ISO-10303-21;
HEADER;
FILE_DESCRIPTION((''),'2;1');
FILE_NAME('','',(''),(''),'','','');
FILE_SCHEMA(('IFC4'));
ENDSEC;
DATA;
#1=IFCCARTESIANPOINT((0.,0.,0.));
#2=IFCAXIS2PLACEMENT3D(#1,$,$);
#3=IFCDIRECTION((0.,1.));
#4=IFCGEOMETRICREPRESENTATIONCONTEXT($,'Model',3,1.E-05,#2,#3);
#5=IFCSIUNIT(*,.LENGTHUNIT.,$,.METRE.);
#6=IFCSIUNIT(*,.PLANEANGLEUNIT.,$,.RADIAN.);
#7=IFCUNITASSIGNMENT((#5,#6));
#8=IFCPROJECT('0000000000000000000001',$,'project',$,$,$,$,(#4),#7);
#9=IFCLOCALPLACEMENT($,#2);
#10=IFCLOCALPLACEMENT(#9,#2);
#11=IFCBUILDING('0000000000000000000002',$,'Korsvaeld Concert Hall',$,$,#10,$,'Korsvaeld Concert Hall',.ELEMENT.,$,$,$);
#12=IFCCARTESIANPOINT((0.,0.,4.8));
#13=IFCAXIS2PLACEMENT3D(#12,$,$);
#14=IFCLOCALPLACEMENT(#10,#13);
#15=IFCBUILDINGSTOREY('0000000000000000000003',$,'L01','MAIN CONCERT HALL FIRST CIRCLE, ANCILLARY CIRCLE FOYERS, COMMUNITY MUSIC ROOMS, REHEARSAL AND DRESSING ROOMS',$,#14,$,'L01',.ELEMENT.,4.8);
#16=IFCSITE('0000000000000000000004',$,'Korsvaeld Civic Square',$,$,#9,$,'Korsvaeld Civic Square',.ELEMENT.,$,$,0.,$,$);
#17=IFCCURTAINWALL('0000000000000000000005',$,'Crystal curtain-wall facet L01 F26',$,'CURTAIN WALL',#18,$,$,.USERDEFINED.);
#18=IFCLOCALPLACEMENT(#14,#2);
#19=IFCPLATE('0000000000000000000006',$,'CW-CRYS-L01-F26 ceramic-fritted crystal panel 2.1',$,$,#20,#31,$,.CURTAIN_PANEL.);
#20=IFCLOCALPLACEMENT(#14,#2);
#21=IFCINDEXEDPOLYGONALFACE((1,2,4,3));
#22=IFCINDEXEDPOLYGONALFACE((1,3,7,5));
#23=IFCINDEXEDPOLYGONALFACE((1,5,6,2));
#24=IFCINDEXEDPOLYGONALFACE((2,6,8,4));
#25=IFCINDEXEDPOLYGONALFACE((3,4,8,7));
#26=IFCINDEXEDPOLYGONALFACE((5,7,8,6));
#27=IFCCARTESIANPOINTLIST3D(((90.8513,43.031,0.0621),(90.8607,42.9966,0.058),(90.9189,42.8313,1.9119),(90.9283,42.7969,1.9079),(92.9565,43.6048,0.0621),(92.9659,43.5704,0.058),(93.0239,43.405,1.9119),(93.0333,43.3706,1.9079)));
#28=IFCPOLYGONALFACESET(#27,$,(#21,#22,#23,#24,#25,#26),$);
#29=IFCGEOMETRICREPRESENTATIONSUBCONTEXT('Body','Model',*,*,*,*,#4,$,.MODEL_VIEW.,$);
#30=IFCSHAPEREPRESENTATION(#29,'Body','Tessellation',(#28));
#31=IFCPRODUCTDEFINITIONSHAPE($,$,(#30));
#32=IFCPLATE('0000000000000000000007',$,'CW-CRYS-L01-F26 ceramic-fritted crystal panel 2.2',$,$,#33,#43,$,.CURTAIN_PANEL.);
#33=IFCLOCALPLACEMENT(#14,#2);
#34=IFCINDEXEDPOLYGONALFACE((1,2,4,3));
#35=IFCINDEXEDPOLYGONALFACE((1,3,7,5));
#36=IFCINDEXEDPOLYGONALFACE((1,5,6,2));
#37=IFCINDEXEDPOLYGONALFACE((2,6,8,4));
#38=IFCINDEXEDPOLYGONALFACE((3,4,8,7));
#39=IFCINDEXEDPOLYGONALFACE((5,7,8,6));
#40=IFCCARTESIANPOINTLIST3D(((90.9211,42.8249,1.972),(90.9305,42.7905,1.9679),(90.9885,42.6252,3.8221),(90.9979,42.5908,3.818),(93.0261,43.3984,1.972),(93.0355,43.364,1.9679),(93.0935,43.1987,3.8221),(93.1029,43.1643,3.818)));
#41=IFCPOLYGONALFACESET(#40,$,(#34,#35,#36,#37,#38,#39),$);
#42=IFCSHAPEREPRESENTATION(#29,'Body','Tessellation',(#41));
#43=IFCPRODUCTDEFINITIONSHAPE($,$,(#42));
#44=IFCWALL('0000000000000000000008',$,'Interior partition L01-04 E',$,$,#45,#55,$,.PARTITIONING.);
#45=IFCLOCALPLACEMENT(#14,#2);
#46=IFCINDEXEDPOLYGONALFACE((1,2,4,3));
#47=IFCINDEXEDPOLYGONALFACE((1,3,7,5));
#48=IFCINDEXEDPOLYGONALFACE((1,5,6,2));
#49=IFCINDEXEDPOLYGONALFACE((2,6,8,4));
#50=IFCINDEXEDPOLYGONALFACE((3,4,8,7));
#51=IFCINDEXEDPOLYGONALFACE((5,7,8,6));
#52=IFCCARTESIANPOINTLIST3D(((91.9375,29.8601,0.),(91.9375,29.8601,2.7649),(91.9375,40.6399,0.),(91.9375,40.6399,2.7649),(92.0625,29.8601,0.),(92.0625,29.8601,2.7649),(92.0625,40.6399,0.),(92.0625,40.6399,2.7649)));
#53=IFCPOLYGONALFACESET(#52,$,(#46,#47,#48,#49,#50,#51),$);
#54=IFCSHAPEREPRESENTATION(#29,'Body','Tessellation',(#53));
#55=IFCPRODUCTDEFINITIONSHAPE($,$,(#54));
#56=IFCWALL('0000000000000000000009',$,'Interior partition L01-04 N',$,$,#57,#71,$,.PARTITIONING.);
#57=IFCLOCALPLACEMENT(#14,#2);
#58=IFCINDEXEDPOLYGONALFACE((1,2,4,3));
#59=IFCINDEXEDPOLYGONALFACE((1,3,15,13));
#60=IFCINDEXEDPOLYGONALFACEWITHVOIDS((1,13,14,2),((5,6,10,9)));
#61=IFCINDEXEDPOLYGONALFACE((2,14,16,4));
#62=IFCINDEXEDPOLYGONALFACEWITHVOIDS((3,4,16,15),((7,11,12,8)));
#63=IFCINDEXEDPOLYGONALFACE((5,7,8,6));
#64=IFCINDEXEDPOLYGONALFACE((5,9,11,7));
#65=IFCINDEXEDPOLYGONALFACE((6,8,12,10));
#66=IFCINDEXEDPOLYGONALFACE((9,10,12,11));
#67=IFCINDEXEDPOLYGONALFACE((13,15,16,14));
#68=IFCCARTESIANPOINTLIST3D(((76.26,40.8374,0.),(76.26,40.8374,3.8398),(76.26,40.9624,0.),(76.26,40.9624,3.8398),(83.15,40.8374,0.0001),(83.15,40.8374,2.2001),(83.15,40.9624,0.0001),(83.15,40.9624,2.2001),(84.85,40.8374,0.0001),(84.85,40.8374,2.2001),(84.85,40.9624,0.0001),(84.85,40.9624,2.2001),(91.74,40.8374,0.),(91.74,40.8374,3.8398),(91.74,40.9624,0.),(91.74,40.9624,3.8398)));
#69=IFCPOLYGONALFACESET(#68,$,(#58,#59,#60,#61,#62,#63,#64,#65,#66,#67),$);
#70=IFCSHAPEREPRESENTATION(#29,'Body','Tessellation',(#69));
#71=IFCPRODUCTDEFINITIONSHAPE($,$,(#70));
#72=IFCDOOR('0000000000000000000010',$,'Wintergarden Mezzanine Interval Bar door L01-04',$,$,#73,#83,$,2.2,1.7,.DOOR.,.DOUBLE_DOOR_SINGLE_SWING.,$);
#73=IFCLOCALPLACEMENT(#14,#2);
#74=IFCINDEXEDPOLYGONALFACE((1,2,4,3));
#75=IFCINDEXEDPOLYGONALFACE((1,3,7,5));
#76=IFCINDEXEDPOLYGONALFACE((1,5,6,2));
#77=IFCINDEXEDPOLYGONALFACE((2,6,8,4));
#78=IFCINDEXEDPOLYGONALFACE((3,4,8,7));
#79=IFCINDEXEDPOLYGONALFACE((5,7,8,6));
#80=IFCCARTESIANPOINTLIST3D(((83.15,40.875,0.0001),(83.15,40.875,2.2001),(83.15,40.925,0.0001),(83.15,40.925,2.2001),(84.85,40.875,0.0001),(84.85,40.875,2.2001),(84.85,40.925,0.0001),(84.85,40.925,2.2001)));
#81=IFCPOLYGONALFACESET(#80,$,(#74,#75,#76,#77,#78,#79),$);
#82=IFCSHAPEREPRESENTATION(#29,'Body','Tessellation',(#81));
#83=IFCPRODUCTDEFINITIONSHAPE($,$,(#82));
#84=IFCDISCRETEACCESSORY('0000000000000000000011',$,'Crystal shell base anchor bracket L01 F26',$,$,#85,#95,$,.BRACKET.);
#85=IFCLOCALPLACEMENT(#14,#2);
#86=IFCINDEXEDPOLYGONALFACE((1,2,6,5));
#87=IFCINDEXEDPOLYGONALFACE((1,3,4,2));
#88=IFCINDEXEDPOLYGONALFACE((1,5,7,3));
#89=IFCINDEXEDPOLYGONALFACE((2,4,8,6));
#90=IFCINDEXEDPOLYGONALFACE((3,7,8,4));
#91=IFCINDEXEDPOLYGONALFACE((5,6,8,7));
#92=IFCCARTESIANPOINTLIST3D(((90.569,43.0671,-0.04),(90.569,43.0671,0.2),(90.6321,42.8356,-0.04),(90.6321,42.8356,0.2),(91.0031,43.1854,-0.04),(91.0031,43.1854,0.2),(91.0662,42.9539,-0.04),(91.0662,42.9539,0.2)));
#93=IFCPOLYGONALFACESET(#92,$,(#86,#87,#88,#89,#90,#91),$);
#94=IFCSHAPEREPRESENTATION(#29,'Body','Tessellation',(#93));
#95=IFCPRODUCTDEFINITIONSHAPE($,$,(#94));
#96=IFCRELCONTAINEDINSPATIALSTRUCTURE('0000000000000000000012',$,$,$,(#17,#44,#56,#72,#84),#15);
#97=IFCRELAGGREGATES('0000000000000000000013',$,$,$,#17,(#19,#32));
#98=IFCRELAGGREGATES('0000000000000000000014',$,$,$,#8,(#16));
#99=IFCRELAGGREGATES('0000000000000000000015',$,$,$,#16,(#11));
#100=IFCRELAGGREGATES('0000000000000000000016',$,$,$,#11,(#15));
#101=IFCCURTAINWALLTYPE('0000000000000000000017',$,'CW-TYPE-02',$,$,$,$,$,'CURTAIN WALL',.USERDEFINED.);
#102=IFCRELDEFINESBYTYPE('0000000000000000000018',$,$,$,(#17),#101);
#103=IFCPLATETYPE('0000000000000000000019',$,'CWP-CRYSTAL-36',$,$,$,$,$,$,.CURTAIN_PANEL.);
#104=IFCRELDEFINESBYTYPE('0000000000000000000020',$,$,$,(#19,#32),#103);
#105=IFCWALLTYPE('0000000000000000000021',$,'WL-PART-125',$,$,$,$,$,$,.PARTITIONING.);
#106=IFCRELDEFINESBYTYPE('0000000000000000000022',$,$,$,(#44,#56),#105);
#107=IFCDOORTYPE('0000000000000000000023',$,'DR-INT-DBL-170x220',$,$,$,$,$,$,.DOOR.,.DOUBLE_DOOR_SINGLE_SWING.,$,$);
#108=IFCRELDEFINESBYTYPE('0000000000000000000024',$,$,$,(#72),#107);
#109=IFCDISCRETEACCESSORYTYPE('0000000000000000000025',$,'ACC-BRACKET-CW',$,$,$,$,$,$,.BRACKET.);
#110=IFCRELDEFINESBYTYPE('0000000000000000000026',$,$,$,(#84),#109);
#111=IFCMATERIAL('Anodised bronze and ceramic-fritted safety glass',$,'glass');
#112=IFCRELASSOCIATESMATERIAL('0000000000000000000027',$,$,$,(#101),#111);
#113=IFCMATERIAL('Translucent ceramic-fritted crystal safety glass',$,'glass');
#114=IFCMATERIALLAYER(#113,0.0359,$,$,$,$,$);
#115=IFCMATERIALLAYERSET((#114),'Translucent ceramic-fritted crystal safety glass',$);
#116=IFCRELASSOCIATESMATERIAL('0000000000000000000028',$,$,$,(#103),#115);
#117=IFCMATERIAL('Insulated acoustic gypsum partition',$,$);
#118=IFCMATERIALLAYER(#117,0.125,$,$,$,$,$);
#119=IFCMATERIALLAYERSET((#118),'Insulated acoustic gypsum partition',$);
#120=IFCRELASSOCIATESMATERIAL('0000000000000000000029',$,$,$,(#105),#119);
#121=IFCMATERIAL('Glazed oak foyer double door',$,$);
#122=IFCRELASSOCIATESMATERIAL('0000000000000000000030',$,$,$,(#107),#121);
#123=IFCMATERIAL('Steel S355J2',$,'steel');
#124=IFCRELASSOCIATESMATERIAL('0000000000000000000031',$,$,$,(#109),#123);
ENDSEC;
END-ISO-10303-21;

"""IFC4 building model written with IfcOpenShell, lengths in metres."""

from ifc_helpers import new_model, si_unit, direction, frame, frame_2d, origin, origin_2d, place, context, subcontext, project, spatial, polyline, rectangle, outline, extrude, material, layer, layer_set, type_object, element, fill, aggregate, save


model = new_model("IFC4")

# Units and contexts
model_context = context("Model", 3, precision=1e-05, world=origin(), true_north=direction((0.0, 1.0)))
body_context = subcontext(model_context, "Body", "Model", "MODEL_VIEW")
ifc_project = project(units=[si_unit("LENGTHUNIT", "METRE"), si_unit("PLANEANGLEUNIT", "RADIAN")], contexts=[model_context])

# Site, building, storey
site_placement = place(None, origin())
site = spatial("IfcSite", under=ifc_project, at=site_placement, Name="Korsvaeld Civic Square", LongName="Korsvaeld Civic Square", CompositionType="ELEMENT", RefElevation=0.0)
building_placement = place(site_placement, origin())
building = spatial("IfcBuilding", under=site, at=building_placement, Name="Korsvaeld Concert Hall", LongName="Korsvaeld Concert Hall", CompositionType="ELEMENT")
storey_placement = place(building_placement, frame((0.0, 0.0, 4.8)))
storey = spatial("IfcBuildingStorey", under=building, at=storey_placement, Name="L01", Description="MAIN CONCERT HALL FIRST CIRCLE, ANCILLARY CIRCLE FOYERS, COMMUNITY MUSIC ROOMS, REHEARSAL AND DRESSING ROOMS", LongName="L01", CompositionType="ELEMENT", Elevation=4.8)

# Shared definitions
ifc_material_1 = material(Name="Anodised bronze and ceramic-fritted safety glass", Category="glass")

# Curtain wall
curtain_wall_type_1 = type_object("IfcCurtainWallType", Name="CW-TYPE-02", ElementType="CURTAIN WALL", PredefinedType="USERDEFINED", material=ifc_material_1)
curtain_wall_1_placement = place(storey_placement, origin())
curtain_wall_1 = element("IfcCurtainWall", 1, at=curtain_wall_1_placement, inside=storey, type_object=curtain_wall_type_1, Name="Crystal curtain-wall facet L01 F26", ObjectType="CURTAIN WALL", PredefinedType="USERDEFINED")

# Plates
ifc_material_2 = material(Name="Translucent ceramic-fritted crystal safety glass", Category="glass")
ifc_layer_1 = layer(ifc_material_2, 0.0359)
ifc_layer_set_1 = layer_set([ifc_layer_1], Name="Translucent ceramic-fritted crystal safety glass")
plate_type_1 = type_object("IfcPlateType", Name="CWP-CRYSTAL-36", PredefinedType="CURTAIN_PANEL", material=ifc_layer_set_1)
plate_1_placement = place(storey_placement, frame((90.856, 43.0139, 0.0601), z_axis=(0.261267, -0.958627, -0.113026), x_axis=(0.964809, 0.262952, 0.000002)))
plate_1 = element("IfcPlate", 2, at=plate_1_placement, type_object=plate_type_1, Name="CW-CRYS-L01-F26 ceramic-fritted crystal panel 2.1", PredefinedType="CURTAIN_PANEL", context=body_context, shape_type="SweptSolid", body=[
    extrude(outline(polyline([(0.0, 0.0), (2.182, 0.0), (2.1945, 1.8618), (0.0127, 1.8618), (0.0, 0.0)])), frame((0.0, 0.0, 0.0181)), (0.0, 0.0, -1.0), 0.0359),
])
plate_2_placement = place(storey_placement, frame((90.9258, 42.8079, 1.97), z_axis=(0.261178, -0.958654, -0.112993), x_axis=(0.964834, 0.262862, 0.0)))
plate_2 = element("IfcPlate", 3, at=plate_2_placement, type_object=plate_type_1, Name="CW-CRYS-L01-F26 ceramic-fritted crystal panel 2.2", PredefinedType="CURTAIN_PANEL", context=body_context, shape_type="SweptSolid", body=[
    extrude(outline(polyline([(0.0, 0.0), (2.1817, 0.0), (2.1942, 1.862), (0.0125, 1.862), (0.0, 0.0)])), frame((0.0, 0.0, 0.0181)), (0.0, 0.0, -1.0), 0.0359),
])
aggregate(curtain_wall_1, [plate_1, plate_2])

# Wall
ifc_material_3 = material(Name="Insulated acoustic gypsum partition")
ifc_layer_2 = layer(ifc_material_3, 0.125)
ifc_layer_set_2 = layer_set([ifc_layer_2], Name="Insulated acoustic gypsum partition")
wall_type = type_object("IfcWallType", Name="WL-PART-125", PredefinedType="PARTITIONING", material=ifc_layer_set_2)
wall_1_placement = place(storey_placement, frame((92.0, 29.8601, 0.0), z_axis=(0.0, 0.0, 1.0), x_axis=(0.0, 1.0, 0.0)))
element("IfcWall", 4, at=wall_1_placement, inside=storey, type_object=wall_type, Name="Interior partition L01-04 E", PredefinedType="PARTITIONING", context=body_context, shape_type="SweptSolid", body=[
    extrude(rectangle(XDim=10.7798, YDim=0.125, at=frame_2d((5.3899, 0.0))), origin(), (0.0, 0.0, 1.0), 2.7649),
])

# Wall, opening, door
wall_2_placement = place(storey_placement, frame((91.74, 40.8999, 0.0), z_axis=(0.0, 0.0, 1.0), x_axis=(-1.0, 0.0, 0.0)))
wall_2 = element("IfcWall", 5, at=wall_2_placement, inside=storey, type_object=wall_type, Name="Interior partition L01-04 N", PredefinedType="PARTITIONING", context=body_context, shape_type="SweptSolid", body=[
    extrude(rectangle(XDim=15.48, YDim=0.125, at=frame_2d((7.74, 0.0))), origin(), (0.0, 0.0, 1.0), 3.8398),
])
opening_placement = place(wall_2_placement, frame((6.8899, 0.0, 0.0)))
opening = element("IfcOpeningElement", 6, at=opening_placement, cuts=wall_2, PredefinedType="OPENING", context=body_context, shape_type="SweptSolid", body=[
    extrude(rectangle(XDim=1.7, YDim=2.2, at=frame_2d((0.8501, 1.1001))), frame((0.0, 0.0725, 0.0), z_axis=(0.0, -1.0, 0.0), x_axis=(1.0, 0.0, 0.0)), (0.0, 0.0, 1.0), 0.145),
])
ifc_material_4 = material(Name="Glazed oak foyer double door")
door_type = type_object("IfcDoorType", Name="DR-INT-DBL-170x220", OperationType="DOUBLE_DOOR_SINGLE_SWING", PredefinedType="DOOR", material=ifc_material_4)
door_placement = place(opening_placement, origin())
door = element("IfcDoor", 7, at=door_placement, inside=storey, type_object=door_type, Name="Wintergarden Mezzanine Interval Bar door L01-04", OperationType="DOUBLE_DOOR_SINGLE_SWING", OverallHeight=2.2, OverallWidth=1.7, PredefinedType="DOOR", context=body_context, shape_type="SweptSolid", body=[
    extrude(rectangle(XDim=1.7, YDim=2.2, at=frame_2d((0.8501, 1.1001))), frame((0.0, 0.0249, 0.0), z_axis=(0.0, -1.0, 0.0), x_axis=(1.0, 0.0, 0.0)), (0.0, 0.0, 1.0), 0.05),
])
fill(opening, door)

# Discrete accessory
ifc_material_5 = material(Name="Steel S355J2", Category="steel")
discrete_accessory_type = type_object("IfcDiscreteAccessoryType", Name="ACC-BRACKET-CW", PredefinedType="BRACKET", material=ifc_material_5)
discrete_accessory_placement = place(storey_placement, frame((90.8176, 43.0105, -0.04), z_axis=(0.0, 0.0, 1.0), x_axis=(0.964833, 0.262863, 0.0)))
element("IfcDiscreteAccessory", 8, at=discrete_accessory_placement, inside=storey, type_object=discrete_accessory_type, Name="Crystal shell base anchor bracket L01 F26", PredefinedType="BRACKET", context=body_context, shape_type="SweptSolid", body=[
    extrude(rectangle(XDim=0.45, YDim=0.24, at=origin_2d()), origin(), (0.0, 0.0, 1.0), 0.24),
])

save(model, "model.ifc")
